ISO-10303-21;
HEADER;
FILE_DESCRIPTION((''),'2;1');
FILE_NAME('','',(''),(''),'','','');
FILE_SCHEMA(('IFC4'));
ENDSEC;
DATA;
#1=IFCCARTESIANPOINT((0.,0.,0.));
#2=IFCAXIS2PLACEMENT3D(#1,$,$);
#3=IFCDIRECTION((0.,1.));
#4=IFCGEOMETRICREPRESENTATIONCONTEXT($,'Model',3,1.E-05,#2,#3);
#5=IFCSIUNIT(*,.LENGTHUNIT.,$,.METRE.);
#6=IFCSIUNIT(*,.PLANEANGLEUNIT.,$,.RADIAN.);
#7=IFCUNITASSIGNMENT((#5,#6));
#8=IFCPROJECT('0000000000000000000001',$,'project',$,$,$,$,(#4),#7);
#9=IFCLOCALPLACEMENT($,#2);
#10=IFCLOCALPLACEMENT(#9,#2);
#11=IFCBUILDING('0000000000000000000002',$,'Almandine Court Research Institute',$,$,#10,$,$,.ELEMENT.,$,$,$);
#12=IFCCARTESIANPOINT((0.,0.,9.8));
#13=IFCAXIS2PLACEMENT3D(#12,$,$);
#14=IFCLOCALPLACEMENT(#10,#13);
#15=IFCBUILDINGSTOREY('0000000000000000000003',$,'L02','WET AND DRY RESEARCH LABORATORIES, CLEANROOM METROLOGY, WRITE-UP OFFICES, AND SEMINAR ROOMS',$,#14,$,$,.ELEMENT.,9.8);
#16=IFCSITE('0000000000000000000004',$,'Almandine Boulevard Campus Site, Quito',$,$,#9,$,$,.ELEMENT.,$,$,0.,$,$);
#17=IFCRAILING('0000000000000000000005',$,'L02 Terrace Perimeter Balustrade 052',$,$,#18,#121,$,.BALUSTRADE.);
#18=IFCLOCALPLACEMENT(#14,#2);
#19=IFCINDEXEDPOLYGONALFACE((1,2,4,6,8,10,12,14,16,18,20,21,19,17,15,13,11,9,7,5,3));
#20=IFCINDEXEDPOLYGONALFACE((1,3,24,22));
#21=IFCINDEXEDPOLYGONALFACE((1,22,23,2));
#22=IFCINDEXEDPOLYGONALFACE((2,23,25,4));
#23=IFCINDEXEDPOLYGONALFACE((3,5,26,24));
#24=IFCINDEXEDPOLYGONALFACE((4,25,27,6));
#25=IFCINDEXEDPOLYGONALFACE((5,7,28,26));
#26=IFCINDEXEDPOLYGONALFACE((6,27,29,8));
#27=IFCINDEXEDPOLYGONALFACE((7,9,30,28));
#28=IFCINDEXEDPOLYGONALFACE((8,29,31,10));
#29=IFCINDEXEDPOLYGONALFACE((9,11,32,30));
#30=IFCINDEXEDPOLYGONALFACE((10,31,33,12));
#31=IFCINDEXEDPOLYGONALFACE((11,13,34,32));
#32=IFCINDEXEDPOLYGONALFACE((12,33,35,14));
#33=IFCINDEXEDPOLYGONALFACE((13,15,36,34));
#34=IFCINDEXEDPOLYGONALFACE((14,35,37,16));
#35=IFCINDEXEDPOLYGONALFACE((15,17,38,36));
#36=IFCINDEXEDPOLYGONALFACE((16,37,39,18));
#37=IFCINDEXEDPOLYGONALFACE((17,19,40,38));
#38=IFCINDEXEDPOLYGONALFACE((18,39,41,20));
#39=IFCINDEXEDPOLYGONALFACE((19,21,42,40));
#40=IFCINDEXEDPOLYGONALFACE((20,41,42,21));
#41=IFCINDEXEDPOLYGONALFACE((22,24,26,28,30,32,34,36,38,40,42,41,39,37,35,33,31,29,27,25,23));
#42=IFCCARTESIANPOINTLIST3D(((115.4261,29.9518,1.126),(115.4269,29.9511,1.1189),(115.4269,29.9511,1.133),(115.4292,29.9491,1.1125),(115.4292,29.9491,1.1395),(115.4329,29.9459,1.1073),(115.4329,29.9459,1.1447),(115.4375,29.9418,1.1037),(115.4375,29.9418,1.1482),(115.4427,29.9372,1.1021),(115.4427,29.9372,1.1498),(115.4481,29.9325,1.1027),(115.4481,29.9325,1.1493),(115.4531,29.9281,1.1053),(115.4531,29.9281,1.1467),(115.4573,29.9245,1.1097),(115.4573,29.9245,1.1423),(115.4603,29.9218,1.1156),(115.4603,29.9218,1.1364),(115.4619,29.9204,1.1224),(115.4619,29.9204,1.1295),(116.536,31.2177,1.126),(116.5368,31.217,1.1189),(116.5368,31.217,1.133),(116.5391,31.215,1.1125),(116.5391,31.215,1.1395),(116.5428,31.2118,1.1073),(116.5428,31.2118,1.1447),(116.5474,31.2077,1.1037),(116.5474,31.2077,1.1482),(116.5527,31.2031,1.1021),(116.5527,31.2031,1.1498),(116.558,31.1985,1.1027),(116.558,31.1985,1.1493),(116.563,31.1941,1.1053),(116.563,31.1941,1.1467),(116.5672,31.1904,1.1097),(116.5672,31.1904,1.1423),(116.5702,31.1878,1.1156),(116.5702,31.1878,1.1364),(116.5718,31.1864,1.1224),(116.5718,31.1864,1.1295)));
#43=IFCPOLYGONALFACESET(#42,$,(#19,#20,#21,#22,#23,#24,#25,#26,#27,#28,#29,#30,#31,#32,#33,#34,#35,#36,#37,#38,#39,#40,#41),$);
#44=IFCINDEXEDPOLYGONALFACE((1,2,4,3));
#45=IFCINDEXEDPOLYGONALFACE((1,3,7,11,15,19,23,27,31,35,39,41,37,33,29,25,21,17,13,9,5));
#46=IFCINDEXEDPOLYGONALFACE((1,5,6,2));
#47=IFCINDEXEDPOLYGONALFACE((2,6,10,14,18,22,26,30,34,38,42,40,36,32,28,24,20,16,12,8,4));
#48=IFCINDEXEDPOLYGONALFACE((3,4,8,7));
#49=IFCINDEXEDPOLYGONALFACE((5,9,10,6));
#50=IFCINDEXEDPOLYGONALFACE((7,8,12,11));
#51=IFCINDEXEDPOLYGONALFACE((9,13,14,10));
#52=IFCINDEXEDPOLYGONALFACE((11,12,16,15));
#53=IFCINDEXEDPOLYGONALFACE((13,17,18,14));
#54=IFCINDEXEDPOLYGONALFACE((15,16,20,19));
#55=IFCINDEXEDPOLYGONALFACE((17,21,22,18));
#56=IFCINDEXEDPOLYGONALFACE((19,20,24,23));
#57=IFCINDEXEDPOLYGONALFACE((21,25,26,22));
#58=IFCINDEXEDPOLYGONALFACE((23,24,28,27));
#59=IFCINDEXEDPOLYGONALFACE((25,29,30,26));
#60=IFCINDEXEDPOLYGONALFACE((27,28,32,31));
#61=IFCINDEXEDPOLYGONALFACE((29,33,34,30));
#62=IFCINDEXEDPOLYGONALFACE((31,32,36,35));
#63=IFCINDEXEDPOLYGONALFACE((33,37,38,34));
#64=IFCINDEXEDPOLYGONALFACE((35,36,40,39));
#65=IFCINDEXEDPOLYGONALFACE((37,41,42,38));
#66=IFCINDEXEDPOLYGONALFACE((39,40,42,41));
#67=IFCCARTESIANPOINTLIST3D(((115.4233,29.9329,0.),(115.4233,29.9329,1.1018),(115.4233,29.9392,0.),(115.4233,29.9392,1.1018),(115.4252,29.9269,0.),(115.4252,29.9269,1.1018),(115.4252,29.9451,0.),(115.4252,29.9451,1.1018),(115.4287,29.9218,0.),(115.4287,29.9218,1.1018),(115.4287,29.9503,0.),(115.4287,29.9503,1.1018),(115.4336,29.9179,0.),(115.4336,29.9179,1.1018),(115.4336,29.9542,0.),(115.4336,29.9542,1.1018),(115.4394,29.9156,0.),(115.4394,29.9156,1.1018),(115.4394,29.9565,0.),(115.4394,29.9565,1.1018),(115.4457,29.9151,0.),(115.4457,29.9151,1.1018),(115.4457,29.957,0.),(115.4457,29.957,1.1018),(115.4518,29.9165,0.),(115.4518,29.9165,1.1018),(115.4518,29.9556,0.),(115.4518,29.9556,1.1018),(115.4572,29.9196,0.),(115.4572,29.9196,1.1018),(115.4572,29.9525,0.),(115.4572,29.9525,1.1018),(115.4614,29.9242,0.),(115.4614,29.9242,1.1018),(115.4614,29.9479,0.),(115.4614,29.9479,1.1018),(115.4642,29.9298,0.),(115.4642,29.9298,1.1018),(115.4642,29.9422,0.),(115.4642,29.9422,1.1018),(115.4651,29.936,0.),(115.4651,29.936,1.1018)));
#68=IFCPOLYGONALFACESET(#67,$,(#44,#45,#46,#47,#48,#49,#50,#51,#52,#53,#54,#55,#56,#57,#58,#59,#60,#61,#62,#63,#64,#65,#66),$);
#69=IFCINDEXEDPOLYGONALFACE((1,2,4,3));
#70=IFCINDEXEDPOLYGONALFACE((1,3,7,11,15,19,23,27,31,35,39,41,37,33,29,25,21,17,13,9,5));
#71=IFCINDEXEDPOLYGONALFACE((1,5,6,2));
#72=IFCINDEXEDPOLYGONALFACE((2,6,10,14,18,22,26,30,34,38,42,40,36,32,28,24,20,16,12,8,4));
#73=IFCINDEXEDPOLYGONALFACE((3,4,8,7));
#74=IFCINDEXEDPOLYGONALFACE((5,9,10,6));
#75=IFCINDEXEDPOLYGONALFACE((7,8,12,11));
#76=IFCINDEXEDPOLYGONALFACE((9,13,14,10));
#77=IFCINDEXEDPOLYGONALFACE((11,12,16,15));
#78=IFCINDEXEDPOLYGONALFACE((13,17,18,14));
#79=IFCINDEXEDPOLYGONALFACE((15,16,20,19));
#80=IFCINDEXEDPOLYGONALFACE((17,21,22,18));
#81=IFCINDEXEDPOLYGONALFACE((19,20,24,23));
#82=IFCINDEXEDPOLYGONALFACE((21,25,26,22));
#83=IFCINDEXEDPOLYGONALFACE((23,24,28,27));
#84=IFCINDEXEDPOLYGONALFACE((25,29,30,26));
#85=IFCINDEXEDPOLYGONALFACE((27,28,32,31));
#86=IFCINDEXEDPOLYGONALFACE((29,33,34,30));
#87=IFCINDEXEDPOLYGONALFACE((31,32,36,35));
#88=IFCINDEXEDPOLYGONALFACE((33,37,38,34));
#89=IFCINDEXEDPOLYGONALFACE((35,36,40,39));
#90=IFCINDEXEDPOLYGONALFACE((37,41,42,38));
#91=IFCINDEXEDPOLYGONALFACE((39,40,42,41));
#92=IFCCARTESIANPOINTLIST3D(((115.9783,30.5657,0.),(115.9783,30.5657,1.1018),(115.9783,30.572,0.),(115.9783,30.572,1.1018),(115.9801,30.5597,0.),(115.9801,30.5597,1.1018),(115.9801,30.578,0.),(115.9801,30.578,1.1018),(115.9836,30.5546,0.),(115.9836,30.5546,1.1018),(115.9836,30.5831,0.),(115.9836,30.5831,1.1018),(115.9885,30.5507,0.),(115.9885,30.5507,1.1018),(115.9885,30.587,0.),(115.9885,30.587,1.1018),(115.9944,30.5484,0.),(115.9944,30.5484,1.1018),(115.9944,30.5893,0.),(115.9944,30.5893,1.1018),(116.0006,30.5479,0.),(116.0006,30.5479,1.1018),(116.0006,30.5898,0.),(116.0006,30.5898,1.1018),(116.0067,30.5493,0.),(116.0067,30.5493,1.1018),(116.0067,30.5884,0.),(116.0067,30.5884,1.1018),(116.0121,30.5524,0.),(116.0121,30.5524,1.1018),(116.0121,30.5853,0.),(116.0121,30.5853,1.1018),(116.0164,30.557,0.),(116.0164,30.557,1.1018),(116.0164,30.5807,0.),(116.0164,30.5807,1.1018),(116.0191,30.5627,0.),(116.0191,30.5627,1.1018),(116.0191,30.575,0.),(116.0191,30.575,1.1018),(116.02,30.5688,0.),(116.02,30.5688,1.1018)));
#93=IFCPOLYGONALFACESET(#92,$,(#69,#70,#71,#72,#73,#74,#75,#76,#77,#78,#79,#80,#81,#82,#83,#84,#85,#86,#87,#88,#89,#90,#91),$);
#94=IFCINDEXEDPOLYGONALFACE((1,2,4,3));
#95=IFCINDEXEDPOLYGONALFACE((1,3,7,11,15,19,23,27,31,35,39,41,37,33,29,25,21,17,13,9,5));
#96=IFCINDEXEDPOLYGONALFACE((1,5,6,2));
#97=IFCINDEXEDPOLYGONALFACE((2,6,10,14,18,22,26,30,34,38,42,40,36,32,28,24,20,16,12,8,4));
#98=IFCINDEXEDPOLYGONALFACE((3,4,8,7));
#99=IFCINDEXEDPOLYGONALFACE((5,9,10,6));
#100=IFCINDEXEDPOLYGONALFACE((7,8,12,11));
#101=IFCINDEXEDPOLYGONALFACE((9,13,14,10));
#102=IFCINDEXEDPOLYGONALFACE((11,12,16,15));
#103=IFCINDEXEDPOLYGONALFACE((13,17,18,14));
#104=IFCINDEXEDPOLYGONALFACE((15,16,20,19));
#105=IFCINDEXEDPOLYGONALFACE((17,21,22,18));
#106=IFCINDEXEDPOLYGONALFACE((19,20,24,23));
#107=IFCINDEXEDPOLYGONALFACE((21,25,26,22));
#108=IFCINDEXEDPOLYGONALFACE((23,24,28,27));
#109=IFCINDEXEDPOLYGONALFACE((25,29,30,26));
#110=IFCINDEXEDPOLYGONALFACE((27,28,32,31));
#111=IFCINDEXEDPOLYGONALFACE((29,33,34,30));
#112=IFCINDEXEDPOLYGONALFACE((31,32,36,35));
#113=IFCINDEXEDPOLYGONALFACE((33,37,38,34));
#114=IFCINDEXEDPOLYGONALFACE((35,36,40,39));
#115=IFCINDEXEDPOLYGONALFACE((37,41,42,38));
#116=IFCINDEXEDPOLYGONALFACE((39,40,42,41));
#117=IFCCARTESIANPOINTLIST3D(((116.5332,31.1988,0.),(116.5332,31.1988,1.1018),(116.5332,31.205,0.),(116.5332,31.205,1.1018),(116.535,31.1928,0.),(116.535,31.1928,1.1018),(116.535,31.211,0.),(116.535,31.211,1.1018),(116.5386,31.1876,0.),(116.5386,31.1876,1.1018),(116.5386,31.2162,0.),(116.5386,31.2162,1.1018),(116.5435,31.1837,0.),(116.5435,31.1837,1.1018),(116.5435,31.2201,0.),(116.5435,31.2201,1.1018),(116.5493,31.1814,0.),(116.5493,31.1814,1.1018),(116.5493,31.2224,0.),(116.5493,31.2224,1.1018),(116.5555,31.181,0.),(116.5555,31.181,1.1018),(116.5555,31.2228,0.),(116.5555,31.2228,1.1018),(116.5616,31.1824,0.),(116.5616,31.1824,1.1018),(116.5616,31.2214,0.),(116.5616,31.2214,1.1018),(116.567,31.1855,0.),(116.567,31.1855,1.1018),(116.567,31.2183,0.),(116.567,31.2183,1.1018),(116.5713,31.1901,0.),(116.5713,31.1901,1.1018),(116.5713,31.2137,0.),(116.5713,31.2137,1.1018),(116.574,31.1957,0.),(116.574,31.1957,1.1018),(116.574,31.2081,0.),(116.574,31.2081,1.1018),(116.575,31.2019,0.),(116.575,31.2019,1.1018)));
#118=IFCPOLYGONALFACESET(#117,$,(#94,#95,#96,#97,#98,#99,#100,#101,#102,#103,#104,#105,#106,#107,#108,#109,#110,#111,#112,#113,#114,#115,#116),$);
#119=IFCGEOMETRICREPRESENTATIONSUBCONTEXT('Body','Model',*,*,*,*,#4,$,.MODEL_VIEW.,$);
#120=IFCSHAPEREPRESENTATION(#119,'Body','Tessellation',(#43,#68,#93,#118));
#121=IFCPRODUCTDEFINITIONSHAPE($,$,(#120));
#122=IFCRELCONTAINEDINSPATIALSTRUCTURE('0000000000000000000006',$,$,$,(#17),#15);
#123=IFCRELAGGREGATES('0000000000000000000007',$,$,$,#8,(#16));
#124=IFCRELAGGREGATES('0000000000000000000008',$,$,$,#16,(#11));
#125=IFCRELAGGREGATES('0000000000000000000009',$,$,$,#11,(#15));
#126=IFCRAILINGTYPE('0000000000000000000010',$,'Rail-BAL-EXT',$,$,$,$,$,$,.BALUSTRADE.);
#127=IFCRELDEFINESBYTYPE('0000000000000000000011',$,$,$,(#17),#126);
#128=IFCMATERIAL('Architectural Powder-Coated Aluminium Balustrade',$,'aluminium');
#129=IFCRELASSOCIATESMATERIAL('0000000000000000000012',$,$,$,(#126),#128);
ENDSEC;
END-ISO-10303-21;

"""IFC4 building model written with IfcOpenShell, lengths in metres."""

from ifc_helpers import new_model, si_unit, direction, frame, origin, origin_2d, place, context, subcontext, project, spatial, circle, extrude, material, type_object, element, save


model = new_model("IFC4")

# Units and contexts
model_context = context("Model", 3, precision=1e-05, world=origin(), true_north=direction((0.0, 1.0)))
body_context = subcontext(model_context, "Body", "Model", "MODEL_VIEW")
ifc_project = project(units=[si_unit("LENGTHUNIT", "METRE"), si_unit("PLANEANGLEUNIT", "RADIAN")], contexts=[model_context])

# Site, building, storey
site_placement = place(None, origin())
site = spatial("IfcSite", under=ifc_project, at=site_placement, Name="Almandine Boulevard Campus Site, Quito", CompositionType="ELEMENT", RefElevation=0.0)
building_placement = place(site_placement, origin())
building = spatial("IfcBuilding", under=site, at=building_placement, Name="Almandine Court Research Institute", CompositionType="ELEMENT")
storey_placement = place(building_placement, frame((0.0, 0.0, 9.8)))
storey = spatial("IfcBuildingStorey", under=building, at=storey_placement, Name="L02", Description="WET AND DRY RESEARCH LABORATORIES, CLEANROOM METROLOGY, WRITE-UP OFFICES, AND SEMINAR ROOMS", CompositionType="ELEMENT", Elevation=9.8)

# Railing
ifc_material_1 = material(Name="Architectural Powder-Coated Aluminium Balustrade", Category="aluminium")
railing_type = type_object("IfcRailingType", Name="Rail-BAL-EXT", PredefinedType="BALUSTRADE", material=ifc_material_1)
railing_1_placement = place(storey_placement, frame((115.4441, 29.936, 0.0)))
element("IfcRailing", 1, at=railing_1_placement, inside=storey, type_object=railing_type, Name="L02 Terrace Perimeter Balustrade 052", PredefinedType="BALUSTRADE", context=body_context, shape_type="SweptSolid", body=[
    extrude(circle(Radius=0.0239, at=origin_2d()), frame((0.0, 0.0, 1.126), z_axis=(0.659254, 0.751921, 0.0), x_axis=(-0.751921, 0.659254, 0.0)), (0.0, 0.0, 1.0), 1.6836),
    extrude(circle(Radius=0.021, at=origin_2d()), origin(), (0.0, 0.0, 1.0), 1.1018),
    extrude(circle(Radius=0.021, at=origin_2d()), frame((0.5549, 0.6328, 0.0)), (0.0, 0.0, 1.0), 1.1018),
    extrude(circle(Radius=0.021, at=origin_2d()), frame((1.1099, 1.2659, 0.0)), (0.0, 0.0, 1.0), 1.1018),
])

save(model, "model.ifc")
